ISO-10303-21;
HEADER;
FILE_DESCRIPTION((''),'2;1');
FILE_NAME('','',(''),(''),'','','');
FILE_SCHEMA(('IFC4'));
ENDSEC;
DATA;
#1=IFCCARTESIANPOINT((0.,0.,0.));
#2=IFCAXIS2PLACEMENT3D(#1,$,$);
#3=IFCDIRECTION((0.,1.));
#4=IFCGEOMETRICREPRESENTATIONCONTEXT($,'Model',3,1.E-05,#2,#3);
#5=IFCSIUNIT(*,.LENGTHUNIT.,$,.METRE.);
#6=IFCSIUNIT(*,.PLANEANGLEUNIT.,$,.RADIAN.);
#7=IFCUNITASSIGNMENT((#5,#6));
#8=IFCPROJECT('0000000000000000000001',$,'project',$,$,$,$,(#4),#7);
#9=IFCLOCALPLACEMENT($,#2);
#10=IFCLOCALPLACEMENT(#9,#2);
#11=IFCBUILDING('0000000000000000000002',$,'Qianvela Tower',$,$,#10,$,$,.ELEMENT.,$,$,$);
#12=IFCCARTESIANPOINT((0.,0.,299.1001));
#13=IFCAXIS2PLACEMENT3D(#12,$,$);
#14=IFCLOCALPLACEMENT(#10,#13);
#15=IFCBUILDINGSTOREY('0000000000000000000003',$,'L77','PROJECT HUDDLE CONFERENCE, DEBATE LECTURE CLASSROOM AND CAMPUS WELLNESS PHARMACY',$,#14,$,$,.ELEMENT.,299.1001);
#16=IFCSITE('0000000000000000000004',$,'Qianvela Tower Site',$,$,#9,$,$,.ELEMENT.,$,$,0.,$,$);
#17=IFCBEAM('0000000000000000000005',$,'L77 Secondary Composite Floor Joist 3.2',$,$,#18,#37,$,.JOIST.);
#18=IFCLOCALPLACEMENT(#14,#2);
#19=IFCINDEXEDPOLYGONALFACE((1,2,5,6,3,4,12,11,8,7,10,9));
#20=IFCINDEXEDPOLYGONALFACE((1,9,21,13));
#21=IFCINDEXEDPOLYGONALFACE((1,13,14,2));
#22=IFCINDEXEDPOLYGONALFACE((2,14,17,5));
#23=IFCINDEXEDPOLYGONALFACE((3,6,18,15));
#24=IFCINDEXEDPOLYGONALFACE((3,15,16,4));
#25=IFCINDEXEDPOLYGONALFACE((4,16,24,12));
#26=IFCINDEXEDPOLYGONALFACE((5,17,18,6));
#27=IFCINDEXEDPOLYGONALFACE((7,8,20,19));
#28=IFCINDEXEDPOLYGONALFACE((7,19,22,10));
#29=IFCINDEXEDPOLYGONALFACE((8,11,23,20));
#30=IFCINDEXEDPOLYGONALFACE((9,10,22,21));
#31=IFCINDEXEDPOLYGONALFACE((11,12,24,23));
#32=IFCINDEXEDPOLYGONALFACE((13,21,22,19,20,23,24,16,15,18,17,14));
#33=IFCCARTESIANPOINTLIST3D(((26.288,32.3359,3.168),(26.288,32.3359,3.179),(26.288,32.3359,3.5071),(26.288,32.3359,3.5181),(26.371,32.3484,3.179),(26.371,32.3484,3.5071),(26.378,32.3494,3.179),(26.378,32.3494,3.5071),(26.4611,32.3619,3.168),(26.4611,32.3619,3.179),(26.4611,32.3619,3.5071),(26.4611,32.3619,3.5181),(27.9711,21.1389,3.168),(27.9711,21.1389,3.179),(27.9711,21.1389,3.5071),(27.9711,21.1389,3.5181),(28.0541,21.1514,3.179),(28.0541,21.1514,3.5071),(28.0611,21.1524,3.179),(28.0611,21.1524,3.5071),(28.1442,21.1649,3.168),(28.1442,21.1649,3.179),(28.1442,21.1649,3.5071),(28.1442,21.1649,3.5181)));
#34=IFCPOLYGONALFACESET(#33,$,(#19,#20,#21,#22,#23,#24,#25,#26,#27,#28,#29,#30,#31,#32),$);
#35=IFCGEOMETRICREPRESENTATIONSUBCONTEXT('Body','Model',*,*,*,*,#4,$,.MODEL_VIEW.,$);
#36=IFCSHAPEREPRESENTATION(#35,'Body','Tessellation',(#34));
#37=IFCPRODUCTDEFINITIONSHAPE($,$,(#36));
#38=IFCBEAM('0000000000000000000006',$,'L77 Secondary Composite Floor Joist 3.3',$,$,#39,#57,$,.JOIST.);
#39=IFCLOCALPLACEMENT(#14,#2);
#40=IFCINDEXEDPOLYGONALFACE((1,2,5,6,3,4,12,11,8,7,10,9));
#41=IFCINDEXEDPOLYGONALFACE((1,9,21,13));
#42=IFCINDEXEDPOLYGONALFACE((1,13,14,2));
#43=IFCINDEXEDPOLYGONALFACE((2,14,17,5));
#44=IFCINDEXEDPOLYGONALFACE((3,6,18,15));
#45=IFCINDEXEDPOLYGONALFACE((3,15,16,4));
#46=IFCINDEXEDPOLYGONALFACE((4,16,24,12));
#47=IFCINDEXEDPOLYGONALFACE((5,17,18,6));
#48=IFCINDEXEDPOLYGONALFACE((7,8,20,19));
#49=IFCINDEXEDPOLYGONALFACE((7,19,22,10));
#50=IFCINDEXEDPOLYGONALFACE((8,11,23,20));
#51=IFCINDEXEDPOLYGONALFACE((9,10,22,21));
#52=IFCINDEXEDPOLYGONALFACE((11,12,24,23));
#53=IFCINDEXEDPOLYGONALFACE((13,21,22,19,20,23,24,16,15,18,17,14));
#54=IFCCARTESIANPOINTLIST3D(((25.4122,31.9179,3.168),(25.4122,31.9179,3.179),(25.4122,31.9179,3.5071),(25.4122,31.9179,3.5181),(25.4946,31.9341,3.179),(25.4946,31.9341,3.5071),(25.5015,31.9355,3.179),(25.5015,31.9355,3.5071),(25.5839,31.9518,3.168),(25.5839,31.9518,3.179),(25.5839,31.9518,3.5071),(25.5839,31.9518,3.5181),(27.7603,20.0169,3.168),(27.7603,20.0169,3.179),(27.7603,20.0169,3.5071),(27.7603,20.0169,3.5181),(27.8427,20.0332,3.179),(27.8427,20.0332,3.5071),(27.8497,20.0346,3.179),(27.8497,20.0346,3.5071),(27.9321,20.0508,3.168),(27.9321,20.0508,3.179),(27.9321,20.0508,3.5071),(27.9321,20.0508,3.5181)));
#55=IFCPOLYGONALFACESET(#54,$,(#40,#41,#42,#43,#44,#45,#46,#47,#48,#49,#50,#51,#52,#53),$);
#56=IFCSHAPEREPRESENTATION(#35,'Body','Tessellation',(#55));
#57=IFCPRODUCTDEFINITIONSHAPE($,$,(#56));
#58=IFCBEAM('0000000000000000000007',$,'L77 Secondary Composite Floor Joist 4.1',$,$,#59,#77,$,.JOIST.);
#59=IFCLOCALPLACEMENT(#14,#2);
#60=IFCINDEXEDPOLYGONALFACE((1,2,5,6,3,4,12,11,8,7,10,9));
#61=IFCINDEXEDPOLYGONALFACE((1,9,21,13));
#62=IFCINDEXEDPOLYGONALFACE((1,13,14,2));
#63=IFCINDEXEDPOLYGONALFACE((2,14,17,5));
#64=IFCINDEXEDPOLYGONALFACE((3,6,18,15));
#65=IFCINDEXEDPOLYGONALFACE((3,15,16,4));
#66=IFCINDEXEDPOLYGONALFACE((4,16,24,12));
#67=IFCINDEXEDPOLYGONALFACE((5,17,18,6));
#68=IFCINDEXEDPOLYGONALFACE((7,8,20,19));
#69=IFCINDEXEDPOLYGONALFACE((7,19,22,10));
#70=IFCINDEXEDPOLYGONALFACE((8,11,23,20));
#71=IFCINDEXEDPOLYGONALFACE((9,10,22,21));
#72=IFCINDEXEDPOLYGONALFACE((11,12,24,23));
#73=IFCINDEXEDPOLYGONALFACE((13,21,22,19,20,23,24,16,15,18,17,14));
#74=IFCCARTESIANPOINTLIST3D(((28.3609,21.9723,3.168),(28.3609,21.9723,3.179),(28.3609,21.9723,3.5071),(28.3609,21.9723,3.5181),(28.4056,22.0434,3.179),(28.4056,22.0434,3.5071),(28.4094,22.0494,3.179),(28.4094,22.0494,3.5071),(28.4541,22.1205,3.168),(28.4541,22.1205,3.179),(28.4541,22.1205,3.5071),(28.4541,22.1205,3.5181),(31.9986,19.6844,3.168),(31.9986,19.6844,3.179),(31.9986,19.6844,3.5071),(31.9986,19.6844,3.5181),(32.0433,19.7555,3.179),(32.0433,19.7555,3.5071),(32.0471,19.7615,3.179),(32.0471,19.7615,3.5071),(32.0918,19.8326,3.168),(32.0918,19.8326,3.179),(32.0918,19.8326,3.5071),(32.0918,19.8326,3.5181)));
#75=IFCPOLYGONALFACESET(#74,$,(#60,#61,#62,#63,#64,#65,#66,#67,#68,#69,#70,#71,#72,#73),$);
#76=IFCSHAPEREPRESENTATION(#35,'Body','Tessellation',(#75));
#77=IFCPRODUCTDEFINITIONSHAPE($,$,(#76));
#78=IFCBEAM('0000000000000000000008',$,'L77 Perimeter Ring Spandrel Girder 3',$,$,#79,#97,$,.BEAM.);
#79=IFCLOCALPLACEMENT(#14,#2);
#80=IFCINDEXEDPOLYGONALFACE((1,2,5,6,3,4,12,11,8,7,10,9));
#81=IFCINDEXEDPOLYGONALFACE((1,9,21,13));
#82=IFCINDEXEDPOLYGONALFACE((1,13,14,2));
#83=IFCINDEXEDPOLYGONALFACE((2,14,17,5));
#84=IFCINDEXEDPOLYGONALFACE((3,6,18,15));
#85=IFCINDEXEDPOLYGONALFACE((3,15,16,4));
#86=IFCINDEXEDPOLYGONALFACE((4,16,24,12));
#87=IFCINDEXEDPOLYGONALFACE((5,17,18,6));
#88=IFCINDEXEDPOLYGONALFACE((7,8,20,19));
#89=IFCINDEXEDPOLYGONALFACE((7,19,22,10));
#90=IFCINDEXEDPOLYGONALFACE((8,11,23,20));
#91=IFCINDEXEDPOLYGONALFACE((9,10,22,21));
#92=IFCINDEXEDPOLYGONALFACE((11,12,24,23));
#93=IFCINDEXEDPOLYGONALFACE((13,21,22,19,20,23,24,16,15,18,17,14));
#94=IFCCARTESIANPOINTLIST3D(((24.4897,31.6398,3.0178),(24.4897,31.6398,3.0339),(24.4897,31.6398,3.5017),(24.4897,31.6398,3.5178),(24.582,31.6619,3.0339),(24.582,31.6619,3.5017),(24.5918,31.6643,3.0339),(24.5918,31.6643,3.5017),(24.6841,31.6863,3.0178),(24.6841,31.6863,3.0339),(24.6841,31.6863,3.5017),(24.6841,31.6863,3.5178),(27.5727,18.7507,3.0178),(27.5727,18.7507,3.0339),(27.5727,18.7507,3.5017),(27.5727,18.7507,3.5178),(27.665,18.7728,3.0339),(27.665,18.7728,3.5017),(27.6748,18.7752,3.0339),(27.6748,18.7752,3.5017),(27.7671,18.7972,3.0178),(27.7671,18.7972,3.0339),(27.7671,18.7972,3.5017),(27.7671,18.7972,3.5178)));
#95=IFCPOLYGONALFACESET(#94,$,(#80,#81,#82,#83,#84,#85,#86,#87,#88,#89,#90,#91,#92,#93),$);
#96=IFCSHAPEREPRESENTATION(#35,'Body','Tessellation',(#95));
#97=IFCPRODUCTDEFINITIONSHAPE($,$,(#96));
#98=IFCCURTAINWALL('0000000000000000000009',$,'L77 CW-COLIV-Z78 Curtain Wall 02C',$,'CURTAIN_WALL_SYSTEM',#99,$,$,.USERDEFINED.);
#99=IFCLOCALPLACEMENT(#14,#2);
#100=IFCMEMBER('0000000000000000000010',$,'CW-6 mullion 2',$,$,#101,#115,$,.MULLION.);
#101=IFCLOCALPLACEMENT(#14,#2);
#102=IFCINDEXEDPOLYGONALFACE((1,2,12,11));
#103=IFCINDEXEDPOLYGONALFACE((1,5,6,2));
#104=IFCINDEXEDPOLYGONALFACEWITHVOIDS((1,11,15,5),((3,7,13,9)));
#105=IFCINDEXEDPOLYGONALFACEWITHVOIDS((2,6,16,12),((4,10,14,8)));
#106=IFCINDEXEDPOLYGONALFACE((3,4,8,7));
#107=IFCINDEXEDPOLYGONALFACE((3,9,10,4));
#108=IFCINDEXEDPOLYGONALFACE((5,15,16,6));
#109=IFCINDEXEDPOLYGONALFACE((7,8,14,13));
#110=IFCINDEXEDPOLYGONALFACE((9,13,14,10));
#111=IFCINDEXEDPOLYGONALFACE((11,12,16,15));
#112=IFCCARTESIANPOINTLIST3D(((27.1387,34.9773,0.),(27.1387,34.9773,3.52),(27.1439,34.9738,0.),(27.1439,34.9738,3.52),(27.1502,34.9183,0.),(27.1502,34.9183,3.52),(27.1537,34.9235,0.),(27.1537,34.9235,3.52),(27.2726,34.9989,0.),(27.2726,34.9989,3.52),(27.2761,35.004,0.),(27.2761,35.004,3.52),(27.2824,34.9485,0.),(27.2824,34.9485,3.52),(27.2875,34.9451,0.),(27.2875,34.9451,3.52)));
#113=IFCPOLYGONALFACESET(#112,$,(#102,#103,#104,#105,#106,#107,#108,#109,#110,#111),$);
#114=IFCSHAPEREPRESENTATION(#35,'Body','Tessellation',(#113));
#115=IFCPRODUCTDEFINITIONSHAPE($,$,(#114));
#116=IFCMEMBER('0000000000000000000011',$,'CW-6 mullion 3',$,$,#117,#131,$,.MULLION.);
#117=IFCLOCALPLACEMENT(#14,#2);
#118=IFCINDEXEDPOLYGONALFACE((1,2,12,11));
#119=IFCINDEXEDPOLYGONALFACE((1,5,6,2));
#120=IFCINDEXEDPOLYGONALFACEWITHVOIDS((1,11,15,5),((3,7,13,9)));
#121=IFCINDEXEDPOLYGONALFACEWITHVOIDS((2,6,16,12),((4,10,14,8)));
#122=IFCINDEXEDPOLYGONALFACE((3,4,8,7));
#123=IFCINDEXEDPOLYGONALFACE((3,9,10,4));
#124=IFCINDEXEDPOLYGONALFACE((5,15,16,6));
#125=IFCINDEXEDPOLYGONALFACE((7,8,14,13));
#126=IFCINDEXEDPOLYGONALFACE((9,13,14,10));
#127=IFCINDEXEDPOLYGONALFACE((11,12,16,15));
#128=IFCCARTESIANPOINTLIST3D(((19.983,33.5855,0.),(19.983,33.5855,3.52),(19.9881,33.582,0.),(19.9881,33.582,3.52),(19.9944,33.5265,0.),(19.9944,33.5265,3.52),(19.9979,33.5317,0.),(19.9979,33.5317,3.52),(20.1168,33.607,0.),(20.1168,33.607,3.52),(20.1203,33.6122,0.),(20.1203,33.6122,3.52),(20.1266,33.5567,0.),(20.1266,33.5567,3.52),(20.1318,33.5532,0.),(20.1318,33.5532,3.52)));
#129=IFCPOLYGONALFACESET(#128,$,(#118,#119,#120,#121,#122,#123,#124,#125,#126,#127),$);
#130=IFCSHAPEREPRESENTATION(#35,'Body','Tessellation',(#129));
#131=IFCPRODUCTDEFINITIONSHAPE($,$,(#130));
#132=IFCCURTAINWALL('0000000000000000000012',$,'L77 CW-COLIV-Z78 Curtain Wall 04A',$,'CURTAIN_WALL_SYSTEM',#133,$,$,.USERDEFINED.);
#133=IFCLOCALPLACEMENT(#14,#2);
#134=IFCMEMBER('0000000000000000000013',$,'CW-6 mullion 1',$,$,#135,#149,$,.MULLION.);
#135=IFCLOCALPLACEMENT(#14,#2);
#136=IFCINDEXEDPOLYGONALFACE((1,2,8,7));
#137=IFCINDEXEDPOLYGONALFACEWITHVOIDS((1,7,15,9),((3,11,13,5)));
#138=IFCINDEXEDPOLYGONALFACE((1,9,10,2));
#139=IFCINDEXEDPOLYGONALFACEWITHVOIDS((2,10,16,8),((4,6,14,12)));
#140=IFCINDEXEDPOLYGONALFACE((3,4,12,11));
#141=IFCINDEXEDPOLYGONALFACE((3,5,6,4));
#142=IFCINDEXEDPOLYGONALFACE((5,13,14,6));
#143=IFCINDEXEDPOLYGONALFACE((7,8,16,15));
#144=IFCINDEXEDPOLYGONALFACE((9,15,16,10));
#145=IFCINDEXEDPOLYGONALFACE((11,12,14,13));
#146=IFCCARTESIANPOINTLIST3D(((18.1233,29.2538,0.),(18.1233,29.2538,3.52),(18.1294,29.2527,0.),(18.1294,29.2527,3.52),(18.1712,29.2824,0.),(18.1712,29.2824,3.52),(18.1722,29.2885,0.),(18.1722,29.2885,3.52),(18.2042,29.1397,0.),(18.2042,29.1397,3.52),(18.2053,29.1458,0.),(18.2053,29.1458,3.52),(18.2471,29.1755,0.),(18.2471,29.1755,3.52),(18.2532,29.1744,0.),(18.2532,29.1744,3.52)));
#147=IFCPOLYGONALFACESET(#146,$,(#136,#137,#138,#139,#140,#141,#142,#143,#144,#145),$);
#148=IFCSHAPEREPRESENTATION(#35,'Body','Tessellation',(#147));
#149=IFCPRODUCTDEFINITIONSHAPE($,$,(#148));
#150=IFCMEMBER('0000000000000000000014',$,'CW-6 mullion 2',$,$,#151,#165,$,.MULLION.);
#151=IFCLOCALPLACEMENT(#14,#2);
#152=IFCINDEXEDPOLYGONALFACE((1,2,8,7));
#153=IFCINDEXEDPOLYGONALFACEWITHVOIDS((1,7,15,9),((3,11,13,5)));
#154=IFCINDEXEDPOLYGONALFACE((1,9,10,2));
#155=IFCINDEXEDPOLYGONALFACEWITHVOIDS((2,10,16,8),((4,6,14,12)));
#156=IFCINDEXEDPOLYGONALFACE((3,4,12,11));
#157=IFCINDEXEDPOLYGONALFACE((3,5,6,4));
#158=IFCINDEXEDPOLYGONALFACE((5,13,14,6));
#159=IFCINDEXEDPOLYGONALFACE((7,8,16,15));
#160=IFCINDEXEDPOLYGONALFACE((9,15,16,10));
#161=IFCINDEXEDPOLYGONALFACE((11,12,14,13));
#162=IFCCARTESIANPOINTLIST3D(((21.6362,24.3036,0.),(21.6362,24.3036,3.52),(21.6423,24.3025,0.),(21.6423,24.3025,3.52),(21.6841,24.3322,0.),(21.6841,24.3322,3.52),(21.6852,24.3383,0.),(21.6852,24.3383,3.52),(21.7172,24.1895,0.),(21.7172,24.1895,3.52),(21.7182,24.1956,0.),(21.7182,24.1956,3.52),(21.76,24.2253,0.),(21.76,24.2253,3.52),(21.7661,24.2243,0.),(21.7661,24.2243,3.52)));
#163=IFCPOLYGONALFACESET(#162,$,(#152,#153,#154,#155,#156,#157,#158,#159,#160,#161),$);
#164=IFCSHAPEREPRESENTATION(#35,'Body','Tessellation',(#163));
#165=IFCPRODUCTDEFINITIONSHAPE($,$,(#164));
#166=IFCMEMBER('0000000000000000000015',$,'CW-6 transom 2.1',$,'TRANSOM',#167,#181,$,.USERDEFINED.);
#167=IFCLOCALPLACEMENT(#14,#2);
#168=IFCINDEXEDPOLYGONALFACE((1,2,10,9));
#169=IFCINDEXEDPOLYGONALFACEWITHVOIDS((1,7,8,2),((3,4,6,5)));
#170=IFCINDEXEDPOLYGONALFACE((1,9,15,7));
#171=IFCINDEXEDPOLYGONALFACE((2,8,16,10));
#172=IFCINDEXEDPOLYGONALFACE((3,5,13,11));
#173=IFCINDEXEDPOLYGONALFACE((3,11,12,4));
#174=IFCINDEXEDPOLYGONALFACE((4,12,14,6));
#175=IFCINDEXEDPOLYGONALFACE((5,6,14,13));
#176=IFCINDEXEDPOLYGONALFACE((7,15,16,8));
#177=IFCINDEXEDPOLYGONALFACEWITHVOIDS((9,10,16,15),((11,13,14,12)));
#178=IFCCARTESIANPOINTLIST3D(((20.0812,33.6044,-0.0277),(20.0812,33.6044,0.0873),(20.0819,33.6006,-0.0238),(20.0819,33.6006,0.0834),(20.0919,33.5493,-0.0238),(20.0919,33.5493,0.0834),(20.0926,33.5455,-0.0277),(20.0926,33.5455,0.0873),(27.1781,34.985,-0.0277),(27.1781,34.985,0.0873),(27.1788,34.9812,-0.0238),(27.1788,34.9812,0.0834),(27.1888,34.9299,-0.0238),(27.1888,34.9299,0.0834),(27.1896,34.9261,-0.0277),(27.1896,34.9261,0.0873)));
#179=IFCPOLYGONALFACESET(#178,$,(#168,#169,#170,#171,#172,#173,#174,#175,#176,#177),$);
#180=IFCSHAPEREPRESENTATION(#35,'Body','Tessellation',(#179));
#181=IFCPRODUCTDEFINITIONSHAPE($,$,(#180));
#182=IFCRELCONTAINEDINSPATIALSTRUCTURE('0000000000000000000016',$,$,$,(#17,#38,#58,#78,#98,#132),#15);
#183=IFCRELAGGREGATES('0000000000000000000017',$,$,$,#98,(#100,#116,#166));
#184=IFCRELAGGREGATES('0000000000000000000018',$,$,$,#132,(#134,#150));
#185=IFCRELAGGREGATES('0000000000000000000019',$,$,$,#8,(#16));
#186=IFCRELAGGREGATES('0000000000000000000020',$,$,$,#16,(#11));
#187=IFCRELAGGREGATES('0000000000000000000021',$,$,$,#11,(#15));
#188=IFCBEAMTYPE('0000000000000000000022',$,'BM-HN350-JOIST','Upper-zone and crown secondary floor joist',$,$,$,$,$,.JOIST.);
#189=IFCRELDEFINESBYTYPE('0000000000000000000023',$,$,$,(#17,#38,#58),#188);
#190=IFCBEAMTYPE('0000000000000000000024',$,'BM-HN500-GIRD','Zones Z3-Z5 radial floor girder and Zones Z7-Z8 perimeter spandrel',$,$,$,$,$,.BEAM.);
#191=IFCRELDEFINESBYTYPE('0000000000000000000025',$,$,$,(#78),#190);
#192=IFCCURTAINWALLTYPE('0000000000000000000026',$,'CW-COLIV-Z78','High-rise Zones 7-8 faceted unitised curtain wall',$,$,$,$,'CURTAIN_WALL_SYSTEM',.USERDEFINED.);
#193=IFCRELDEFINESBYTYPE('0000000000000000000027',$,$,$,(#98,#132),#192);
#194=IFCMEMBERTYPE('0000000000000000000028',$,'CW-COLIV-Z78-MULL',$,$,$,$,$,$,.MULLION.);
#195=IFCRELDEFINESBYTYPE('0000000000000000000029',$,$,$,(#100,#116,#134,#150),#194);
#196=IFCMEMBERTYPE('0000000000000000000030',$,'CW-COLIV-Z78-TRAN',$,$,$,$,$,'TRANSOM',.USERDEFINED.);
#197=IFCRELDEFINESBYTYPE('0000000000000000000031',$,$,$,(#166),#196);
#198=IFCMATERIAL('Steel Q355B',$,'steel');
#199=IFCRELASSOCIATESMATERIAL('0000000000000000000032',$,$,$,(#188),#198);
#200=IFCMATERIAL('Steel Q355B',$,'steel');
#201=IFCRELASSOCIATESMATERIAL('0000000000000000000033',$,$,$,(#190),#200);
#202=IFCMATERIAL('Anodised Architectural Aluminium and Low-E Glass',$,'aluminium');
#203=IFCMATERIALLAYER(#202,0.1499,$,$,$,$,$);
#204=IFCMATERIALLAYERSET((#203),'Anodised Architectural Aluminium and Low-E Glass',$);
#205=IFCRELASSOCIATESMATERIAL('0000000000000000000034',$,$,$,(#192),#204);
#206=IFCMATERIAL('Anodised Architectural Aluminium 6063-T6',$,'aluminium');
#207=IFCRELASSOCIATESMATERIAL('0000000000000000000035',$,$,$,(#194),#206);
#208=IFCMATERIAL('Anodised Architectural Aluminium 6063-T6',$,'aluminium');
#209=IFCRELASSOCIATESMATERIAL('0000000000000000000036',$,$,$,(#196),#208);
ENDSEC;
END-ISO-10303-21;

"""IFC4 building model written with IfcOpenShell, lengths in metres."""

from ifc_helpers import new_model, si_unit, direction, frame, origin, origin_2d, place, context, subcontext, project, spatial, hollow_rectangle, i_section, extrude, material, layer, layer_set, material_profile, profile_set, type_object, element, aggregate, save


model = new_model("IFC4")

# Units and contexts
model_context = context("Model", 3, precision=1e-05, world=origin(), true_north=direction((0.0, 1.0)))
body_context = subcontext(model_context, "Body", "Model", "MODEL_VIEW")
ifc_project = project(units=[si_unit("LENGTHUNIT", "METRE"), si_unit("PLANEANGLEUNIT", "RADIAN")], contexts=[model_context])

# Site, building, storey
site_placement = place(None, origin())
site = spatial("IfcSite", under=ifc_project, at=site_placement, Name="Qianvela Tower Site", CompositionType="ELEMENT", RefElevation=0.0)
building_placement = place(site_placement, origin())
building = spatial("IfcBuilding", under=site, at=building_placement, Name="Qianvela Tower", CompositionType="ELEMENT")
storey_placement = place(building_placement, frame((0.0, 0.0, 299.1001)))
storey = spatial("IfcBuildingStorey", under=building, at=storey_placement, Name="L77", Description="PROJECT HUDDLE CONFERENCE, DEBATE LECTURE CLASSROOM AND CAMPUS WELLNESS PHARMACY", CompositionType="ELEMENT", Elevation=299.1001)

# Beams
ifc_material_1 = material(Name="Steel Q355B", Category="steel")
ifc_material_profile_1 = material_profile(ifc_material_1, i_section(OverallWidth=0.175, OverallDepth=0.3501, WebThickness=0.0071, FlangeThickness=0.011, at=origin_2d()), Name="HN350x175x7x11")
ifc_profile_set_1 = profile_set([ifc_material_profile_1], Name="Steel Q355B")
beam_type_1 = type_object("IfcBeamType", Name="BM-HN350-JOIST", Description="Upper-zone and crown secondary floor joist", PredefinedType="JOIST", material=ifc_profile_set_1)
beam_1_placement = place(storey_placement, frame((26.3745, 32.3489, 3.343), z_axis=(0.148647, -0.98889, 0.0), x_axis=(0.98889, 0.148647, 0.0)))
element("IfcBeam", 1, at=beam_1_placement, inside=storey, type_object=beam_type_1, Name="L77 Secondary Composite Floor Joist 3.2", PredefinedType="JOIST", context=body_context, shape_type="SweptSolid", body=[
    extrude(i_section(OverallWidth=0.175, OverallDepth=0.3501, WebThickness=0.0071, FlangeThickness=0.011, at=origin_2d()), origin(), (0.0, 0.0, 1.0), 11.3228),
])
beam_2_placement = place(storey_placement, frame((25.498, 31.9348, 3.343), z_axis=(0.193576, -0.981085, 0.0), x_axis=(0.981085, 0.193576, 0.0)))
element("IfcBeam", 2, at=beam_2_placement, inside=storey, type_object=beam_type_1, Name="L77 Secondary Composite Floor Joist 3.3", PredefinedType="JOIST", context=body_context, shape_type="SweptSolid", body=[
    extrude(i_section(OverallWidth=0.175, OverallDepth=0.3501, WebThickness=0.0071, FlangeThickness=0.011, at=origin_2d()), origin(), (0.0, 0.0, 1.0), 12.1304),
])
beam_3_placement = place(storey_placement, frame((28.4075, 22.0464, 3.343), z_axis=(0.846501, -0.532387, 0.0), x_axis=(0.532387, 0.846501, 0.0)))
element("IfcBeam", 3, at=beam_3_placement, inside=storey, type_object=beam_type_1, Name="L77 Secondary Composite Floor Joist 4.1", PredefinedType="JOIST", context=body_context, shape_type="SweptSolid", body=[
    extrude(i_section(OverallWidth=0.175, OverallDepth=0.3501, WebThickness=0.0071, FlangeThickness=0.011, at=origin_2d()), origin(), (0.0, 0.0, 1.0), 4.2974),
])
ifc_material_2 = material(Name="Steel Q355B", Category="steel")
ifc_material_profile_2 = material_profile(ifc_material_2, i_section(OverallWidth=0.2, OverallDepth=0.5, WebThickness=0.01, FlangeThickness=0.0161, at=origin_2d()), Name="HN500x200x10x16")
ifc_profile_set_2 = profile_set([ifc_material_profile_2], Name="Steel Q355B")
beam_type_2 = type_object("IfcBeamType", Name="BM-HN500-GIRD", Description="Zones Z3-Z5 radial floor girder and Zones Z7-Z8 perimeter spandrel", PredefinedType="BEAM", material=ifc_profile_set_2)
beam_4_placement = place(storey_placement, frame((24.5869, 31.6631, 3.2678), z_axis=(0.232632, -0.972565, 0.0), x_axis=(0.972565, 0.232632, 0.0)))
element("IfcBeam", 4, at=beam_4_placement, inside=storey, type_object=beam_type_2, Name="L77 Perimeter Ring Spandrel Girder 3", PredefinedType="BEAM", context=body_context, shape_type="SweptSolid", body=[
    extrude(i_section(OverallWidth=0.2, OverallDepth=0.5, WebThickness=0.01, FlangeThickness=0.0161, at=origin_2d()), origin(), (0.0, 0.0, 1.0), 13.2527),
])

# Curtain walls, members
ifc_material_3 = material(Name="Anodised Architectural Aluminium and Low-E Glass", Category="aluminium")
ifc_layer_1 = layer(ifc_material_3, 0.1499)
ifc_layer_set_1 = layer_set([ifc_layer_1], Name="Anodised Architectural Aluminium and Low-E Glass")
curtain_wall_type = type_object("IfcCurtainWallType", Name="CW-COLIV-Z78", Description="High-rise Zones 7-8 faceted unitised curtain wall", ElementType="CURTAIN_WALL_SYSTEM", PredefinedType="USERDEFINED", material=ifc_layer_set_1)
curtain_wall_1_placement = place(storey_placement, origin())
curtain_wall_1 = element("IfcCurtainWall", 5, at=curtain_wall_1_placement, inside=storey, type_object=curtain_wall_type, Name="L77 CW-COLIV-Z78 Curtain Wall 02C", ObjectType="CURTAIN_WALL_SYSTEM", PredefinedType="USERDEFINED")
ifc_material_4 = material(Name="Anodised Architectural Aluminium 6063-T6", Category="aluminium")
ifc_material_profile_3 = material_profile(ifc_material_4, hollow_rectangle(XDim=0.0601, YDim=0.1399, WallThickness=0.0044, at=origin_2d()), Name="ALU-MULL-60x140")
ifc_profile_set_3 = profile_set([ifc_material_profile_3], Name="Anodised Architectural Aluminium 6063-T6")
member_type_1 = type_object("IfcMemberType", Name="CW-COLIV-Z78-MULL", PredefinedType="MULLION", material=ifc_profile_set_3)
member_1_placement = place(storey_placement, frame((27.2131, 34.9612, 0.0), z_axis=(0.0, 0.0, 1.0), x_axis=(0.190933, -0.981603, 0.0)))
member_1 = element("IfcMember", 6, at=member_1_placement, type_object=member_type_1, Name="CW-6 mullion 2", PredefinedType="MULLION", context=body_context, shape_type="SweptSolid", body=[
    extrude(hollow_rectangle(XDim=0.0601, YDim=0.1399, WallThickness=0.0044, at=origin_2d()), origin(), (0.0, 0.0, 1.0), 3.52),
])
member_2_placement = place(storey_placement, frame((20.0574, 33.5693, 0.0), z_axis=(0.0, 0.0, 1.0), x_axis=(0.190933, -0.981603, 0.0)))
member_2 = element("IfcMember", 7, at=member_2_placement, type_object=member_type_1, Name="CW-6 mullion 3", PredefinedType="MULLION", context=body_context, shape_type="SweptSolid", body=[
    extrude(hollow_rectangle(XDim=0.0601, YDim=0.1399, WallThickness=0.0044, at=origin_2d()), origin(), (0.0, 0.0, 1.0), 3.52),
])
curtain_wall_2_placement = place(storey_placement, origin())
curtain_wall_2 = element("IfcCurtainWall", 8, at=curtain_wall_2_placement, inside=storey, type_object=curtain_wall_type, Name="L77 CW-COLIV-Z78 Curtain Wall 04A", ObjectType="CURTAIN_WALL_SYSTEM", PredefinedType="USERDEFINED")
member_3_placement = place(storey_placement, frame((18.1882, 29.2141, 0.0), z_axis=(0.0, 0.0, 1.0), x_axis=(0.815532, 0.578712, 0.0)))
member_3 = element("IfcMember", 9, at=member_3_placement, type_object=member_type_1, Name="CW-6 mullion 1", PredefinedType="MULLION", context=body_context, shape_type="SweptSolid", body=[
    extrude(hollow_rectangle(XDim=0.0601, YDim=0.1399, WallThickness=0.0044, at=origin_2d()), origin(), (0.0, 0.0, 1.0), 3.52),
])
member_4_placement = place(storey_placement, frame((21.7012, 24.2639, 0.0), z_axis=(0.0, 0.0, 1.0), x_axis=(0.815532, 0.578712, 0.0)))
member_4 = element("IfcMember", 10, at=member_4_placement, type_object=member_type_1, Name="CW-6 mullion 2", PredefinedType="MULLION", context=body_context, shape_type="SweptSolid", body=[
    extrude(hollow_rectangle(XDim=0.0601, YDim=0.1399, WallThickness=0.0044, at=origin_2d()), origin(), (0.0, 0.0, 1.0), 3.52),
])

# Member
ifc_material_5 = material(Name="Anodised Architectural Aluminium 6063-T6", Category="aluminium")
ifc_material_profile_4 = material_profile(ifc_material_5, hollow_rectangle(XDim=0.0601, YDim=0.115, WallThickness=0.0039, at=origin_2d()), Name="ALU-TRAN-60x115")
ifc_profile_set_4 = profile_set([ifc_material_profile_4], Name="Anodised Architectural Aluminium 6063-T6")
member_type_2 = type_object("IfcMemberType", Name="CW-COLIV-Z78-TRAN", ElementType="TRANSOM", PredefinedType="USERDEFINED", material=ifc_profile_set_4)
member_5_placement = place(storey_placement, frame((27.1838, 34.9556, 0.0298), z_axis=(-0.981598, -0.190957, 0.0), x_axis=(0.190957, -0.981598, 0.0)))
member_5 = element("IfcMember", 11, at=member_5_placement, type_object=member_type_2, Name="CW-6 transom 2.1", ObjectType="TRANSOM", PredefinedType="USERDEFINED", context=body_context, shape_type="SweptSolid", body=[
    extrude(hollow_rectangle(XDim=0.0601, YDim=0.115, WallThickness=0.0039, at=origin_2d()), origin(), (0.0, 0.0, 1.0), 7.23),
])

aggregate(curtain_wall_1, [member_1, member_2, member_5])
aggregate(curtain_wall_2, [member_3, member_4])

save(model, "model.ifc")
